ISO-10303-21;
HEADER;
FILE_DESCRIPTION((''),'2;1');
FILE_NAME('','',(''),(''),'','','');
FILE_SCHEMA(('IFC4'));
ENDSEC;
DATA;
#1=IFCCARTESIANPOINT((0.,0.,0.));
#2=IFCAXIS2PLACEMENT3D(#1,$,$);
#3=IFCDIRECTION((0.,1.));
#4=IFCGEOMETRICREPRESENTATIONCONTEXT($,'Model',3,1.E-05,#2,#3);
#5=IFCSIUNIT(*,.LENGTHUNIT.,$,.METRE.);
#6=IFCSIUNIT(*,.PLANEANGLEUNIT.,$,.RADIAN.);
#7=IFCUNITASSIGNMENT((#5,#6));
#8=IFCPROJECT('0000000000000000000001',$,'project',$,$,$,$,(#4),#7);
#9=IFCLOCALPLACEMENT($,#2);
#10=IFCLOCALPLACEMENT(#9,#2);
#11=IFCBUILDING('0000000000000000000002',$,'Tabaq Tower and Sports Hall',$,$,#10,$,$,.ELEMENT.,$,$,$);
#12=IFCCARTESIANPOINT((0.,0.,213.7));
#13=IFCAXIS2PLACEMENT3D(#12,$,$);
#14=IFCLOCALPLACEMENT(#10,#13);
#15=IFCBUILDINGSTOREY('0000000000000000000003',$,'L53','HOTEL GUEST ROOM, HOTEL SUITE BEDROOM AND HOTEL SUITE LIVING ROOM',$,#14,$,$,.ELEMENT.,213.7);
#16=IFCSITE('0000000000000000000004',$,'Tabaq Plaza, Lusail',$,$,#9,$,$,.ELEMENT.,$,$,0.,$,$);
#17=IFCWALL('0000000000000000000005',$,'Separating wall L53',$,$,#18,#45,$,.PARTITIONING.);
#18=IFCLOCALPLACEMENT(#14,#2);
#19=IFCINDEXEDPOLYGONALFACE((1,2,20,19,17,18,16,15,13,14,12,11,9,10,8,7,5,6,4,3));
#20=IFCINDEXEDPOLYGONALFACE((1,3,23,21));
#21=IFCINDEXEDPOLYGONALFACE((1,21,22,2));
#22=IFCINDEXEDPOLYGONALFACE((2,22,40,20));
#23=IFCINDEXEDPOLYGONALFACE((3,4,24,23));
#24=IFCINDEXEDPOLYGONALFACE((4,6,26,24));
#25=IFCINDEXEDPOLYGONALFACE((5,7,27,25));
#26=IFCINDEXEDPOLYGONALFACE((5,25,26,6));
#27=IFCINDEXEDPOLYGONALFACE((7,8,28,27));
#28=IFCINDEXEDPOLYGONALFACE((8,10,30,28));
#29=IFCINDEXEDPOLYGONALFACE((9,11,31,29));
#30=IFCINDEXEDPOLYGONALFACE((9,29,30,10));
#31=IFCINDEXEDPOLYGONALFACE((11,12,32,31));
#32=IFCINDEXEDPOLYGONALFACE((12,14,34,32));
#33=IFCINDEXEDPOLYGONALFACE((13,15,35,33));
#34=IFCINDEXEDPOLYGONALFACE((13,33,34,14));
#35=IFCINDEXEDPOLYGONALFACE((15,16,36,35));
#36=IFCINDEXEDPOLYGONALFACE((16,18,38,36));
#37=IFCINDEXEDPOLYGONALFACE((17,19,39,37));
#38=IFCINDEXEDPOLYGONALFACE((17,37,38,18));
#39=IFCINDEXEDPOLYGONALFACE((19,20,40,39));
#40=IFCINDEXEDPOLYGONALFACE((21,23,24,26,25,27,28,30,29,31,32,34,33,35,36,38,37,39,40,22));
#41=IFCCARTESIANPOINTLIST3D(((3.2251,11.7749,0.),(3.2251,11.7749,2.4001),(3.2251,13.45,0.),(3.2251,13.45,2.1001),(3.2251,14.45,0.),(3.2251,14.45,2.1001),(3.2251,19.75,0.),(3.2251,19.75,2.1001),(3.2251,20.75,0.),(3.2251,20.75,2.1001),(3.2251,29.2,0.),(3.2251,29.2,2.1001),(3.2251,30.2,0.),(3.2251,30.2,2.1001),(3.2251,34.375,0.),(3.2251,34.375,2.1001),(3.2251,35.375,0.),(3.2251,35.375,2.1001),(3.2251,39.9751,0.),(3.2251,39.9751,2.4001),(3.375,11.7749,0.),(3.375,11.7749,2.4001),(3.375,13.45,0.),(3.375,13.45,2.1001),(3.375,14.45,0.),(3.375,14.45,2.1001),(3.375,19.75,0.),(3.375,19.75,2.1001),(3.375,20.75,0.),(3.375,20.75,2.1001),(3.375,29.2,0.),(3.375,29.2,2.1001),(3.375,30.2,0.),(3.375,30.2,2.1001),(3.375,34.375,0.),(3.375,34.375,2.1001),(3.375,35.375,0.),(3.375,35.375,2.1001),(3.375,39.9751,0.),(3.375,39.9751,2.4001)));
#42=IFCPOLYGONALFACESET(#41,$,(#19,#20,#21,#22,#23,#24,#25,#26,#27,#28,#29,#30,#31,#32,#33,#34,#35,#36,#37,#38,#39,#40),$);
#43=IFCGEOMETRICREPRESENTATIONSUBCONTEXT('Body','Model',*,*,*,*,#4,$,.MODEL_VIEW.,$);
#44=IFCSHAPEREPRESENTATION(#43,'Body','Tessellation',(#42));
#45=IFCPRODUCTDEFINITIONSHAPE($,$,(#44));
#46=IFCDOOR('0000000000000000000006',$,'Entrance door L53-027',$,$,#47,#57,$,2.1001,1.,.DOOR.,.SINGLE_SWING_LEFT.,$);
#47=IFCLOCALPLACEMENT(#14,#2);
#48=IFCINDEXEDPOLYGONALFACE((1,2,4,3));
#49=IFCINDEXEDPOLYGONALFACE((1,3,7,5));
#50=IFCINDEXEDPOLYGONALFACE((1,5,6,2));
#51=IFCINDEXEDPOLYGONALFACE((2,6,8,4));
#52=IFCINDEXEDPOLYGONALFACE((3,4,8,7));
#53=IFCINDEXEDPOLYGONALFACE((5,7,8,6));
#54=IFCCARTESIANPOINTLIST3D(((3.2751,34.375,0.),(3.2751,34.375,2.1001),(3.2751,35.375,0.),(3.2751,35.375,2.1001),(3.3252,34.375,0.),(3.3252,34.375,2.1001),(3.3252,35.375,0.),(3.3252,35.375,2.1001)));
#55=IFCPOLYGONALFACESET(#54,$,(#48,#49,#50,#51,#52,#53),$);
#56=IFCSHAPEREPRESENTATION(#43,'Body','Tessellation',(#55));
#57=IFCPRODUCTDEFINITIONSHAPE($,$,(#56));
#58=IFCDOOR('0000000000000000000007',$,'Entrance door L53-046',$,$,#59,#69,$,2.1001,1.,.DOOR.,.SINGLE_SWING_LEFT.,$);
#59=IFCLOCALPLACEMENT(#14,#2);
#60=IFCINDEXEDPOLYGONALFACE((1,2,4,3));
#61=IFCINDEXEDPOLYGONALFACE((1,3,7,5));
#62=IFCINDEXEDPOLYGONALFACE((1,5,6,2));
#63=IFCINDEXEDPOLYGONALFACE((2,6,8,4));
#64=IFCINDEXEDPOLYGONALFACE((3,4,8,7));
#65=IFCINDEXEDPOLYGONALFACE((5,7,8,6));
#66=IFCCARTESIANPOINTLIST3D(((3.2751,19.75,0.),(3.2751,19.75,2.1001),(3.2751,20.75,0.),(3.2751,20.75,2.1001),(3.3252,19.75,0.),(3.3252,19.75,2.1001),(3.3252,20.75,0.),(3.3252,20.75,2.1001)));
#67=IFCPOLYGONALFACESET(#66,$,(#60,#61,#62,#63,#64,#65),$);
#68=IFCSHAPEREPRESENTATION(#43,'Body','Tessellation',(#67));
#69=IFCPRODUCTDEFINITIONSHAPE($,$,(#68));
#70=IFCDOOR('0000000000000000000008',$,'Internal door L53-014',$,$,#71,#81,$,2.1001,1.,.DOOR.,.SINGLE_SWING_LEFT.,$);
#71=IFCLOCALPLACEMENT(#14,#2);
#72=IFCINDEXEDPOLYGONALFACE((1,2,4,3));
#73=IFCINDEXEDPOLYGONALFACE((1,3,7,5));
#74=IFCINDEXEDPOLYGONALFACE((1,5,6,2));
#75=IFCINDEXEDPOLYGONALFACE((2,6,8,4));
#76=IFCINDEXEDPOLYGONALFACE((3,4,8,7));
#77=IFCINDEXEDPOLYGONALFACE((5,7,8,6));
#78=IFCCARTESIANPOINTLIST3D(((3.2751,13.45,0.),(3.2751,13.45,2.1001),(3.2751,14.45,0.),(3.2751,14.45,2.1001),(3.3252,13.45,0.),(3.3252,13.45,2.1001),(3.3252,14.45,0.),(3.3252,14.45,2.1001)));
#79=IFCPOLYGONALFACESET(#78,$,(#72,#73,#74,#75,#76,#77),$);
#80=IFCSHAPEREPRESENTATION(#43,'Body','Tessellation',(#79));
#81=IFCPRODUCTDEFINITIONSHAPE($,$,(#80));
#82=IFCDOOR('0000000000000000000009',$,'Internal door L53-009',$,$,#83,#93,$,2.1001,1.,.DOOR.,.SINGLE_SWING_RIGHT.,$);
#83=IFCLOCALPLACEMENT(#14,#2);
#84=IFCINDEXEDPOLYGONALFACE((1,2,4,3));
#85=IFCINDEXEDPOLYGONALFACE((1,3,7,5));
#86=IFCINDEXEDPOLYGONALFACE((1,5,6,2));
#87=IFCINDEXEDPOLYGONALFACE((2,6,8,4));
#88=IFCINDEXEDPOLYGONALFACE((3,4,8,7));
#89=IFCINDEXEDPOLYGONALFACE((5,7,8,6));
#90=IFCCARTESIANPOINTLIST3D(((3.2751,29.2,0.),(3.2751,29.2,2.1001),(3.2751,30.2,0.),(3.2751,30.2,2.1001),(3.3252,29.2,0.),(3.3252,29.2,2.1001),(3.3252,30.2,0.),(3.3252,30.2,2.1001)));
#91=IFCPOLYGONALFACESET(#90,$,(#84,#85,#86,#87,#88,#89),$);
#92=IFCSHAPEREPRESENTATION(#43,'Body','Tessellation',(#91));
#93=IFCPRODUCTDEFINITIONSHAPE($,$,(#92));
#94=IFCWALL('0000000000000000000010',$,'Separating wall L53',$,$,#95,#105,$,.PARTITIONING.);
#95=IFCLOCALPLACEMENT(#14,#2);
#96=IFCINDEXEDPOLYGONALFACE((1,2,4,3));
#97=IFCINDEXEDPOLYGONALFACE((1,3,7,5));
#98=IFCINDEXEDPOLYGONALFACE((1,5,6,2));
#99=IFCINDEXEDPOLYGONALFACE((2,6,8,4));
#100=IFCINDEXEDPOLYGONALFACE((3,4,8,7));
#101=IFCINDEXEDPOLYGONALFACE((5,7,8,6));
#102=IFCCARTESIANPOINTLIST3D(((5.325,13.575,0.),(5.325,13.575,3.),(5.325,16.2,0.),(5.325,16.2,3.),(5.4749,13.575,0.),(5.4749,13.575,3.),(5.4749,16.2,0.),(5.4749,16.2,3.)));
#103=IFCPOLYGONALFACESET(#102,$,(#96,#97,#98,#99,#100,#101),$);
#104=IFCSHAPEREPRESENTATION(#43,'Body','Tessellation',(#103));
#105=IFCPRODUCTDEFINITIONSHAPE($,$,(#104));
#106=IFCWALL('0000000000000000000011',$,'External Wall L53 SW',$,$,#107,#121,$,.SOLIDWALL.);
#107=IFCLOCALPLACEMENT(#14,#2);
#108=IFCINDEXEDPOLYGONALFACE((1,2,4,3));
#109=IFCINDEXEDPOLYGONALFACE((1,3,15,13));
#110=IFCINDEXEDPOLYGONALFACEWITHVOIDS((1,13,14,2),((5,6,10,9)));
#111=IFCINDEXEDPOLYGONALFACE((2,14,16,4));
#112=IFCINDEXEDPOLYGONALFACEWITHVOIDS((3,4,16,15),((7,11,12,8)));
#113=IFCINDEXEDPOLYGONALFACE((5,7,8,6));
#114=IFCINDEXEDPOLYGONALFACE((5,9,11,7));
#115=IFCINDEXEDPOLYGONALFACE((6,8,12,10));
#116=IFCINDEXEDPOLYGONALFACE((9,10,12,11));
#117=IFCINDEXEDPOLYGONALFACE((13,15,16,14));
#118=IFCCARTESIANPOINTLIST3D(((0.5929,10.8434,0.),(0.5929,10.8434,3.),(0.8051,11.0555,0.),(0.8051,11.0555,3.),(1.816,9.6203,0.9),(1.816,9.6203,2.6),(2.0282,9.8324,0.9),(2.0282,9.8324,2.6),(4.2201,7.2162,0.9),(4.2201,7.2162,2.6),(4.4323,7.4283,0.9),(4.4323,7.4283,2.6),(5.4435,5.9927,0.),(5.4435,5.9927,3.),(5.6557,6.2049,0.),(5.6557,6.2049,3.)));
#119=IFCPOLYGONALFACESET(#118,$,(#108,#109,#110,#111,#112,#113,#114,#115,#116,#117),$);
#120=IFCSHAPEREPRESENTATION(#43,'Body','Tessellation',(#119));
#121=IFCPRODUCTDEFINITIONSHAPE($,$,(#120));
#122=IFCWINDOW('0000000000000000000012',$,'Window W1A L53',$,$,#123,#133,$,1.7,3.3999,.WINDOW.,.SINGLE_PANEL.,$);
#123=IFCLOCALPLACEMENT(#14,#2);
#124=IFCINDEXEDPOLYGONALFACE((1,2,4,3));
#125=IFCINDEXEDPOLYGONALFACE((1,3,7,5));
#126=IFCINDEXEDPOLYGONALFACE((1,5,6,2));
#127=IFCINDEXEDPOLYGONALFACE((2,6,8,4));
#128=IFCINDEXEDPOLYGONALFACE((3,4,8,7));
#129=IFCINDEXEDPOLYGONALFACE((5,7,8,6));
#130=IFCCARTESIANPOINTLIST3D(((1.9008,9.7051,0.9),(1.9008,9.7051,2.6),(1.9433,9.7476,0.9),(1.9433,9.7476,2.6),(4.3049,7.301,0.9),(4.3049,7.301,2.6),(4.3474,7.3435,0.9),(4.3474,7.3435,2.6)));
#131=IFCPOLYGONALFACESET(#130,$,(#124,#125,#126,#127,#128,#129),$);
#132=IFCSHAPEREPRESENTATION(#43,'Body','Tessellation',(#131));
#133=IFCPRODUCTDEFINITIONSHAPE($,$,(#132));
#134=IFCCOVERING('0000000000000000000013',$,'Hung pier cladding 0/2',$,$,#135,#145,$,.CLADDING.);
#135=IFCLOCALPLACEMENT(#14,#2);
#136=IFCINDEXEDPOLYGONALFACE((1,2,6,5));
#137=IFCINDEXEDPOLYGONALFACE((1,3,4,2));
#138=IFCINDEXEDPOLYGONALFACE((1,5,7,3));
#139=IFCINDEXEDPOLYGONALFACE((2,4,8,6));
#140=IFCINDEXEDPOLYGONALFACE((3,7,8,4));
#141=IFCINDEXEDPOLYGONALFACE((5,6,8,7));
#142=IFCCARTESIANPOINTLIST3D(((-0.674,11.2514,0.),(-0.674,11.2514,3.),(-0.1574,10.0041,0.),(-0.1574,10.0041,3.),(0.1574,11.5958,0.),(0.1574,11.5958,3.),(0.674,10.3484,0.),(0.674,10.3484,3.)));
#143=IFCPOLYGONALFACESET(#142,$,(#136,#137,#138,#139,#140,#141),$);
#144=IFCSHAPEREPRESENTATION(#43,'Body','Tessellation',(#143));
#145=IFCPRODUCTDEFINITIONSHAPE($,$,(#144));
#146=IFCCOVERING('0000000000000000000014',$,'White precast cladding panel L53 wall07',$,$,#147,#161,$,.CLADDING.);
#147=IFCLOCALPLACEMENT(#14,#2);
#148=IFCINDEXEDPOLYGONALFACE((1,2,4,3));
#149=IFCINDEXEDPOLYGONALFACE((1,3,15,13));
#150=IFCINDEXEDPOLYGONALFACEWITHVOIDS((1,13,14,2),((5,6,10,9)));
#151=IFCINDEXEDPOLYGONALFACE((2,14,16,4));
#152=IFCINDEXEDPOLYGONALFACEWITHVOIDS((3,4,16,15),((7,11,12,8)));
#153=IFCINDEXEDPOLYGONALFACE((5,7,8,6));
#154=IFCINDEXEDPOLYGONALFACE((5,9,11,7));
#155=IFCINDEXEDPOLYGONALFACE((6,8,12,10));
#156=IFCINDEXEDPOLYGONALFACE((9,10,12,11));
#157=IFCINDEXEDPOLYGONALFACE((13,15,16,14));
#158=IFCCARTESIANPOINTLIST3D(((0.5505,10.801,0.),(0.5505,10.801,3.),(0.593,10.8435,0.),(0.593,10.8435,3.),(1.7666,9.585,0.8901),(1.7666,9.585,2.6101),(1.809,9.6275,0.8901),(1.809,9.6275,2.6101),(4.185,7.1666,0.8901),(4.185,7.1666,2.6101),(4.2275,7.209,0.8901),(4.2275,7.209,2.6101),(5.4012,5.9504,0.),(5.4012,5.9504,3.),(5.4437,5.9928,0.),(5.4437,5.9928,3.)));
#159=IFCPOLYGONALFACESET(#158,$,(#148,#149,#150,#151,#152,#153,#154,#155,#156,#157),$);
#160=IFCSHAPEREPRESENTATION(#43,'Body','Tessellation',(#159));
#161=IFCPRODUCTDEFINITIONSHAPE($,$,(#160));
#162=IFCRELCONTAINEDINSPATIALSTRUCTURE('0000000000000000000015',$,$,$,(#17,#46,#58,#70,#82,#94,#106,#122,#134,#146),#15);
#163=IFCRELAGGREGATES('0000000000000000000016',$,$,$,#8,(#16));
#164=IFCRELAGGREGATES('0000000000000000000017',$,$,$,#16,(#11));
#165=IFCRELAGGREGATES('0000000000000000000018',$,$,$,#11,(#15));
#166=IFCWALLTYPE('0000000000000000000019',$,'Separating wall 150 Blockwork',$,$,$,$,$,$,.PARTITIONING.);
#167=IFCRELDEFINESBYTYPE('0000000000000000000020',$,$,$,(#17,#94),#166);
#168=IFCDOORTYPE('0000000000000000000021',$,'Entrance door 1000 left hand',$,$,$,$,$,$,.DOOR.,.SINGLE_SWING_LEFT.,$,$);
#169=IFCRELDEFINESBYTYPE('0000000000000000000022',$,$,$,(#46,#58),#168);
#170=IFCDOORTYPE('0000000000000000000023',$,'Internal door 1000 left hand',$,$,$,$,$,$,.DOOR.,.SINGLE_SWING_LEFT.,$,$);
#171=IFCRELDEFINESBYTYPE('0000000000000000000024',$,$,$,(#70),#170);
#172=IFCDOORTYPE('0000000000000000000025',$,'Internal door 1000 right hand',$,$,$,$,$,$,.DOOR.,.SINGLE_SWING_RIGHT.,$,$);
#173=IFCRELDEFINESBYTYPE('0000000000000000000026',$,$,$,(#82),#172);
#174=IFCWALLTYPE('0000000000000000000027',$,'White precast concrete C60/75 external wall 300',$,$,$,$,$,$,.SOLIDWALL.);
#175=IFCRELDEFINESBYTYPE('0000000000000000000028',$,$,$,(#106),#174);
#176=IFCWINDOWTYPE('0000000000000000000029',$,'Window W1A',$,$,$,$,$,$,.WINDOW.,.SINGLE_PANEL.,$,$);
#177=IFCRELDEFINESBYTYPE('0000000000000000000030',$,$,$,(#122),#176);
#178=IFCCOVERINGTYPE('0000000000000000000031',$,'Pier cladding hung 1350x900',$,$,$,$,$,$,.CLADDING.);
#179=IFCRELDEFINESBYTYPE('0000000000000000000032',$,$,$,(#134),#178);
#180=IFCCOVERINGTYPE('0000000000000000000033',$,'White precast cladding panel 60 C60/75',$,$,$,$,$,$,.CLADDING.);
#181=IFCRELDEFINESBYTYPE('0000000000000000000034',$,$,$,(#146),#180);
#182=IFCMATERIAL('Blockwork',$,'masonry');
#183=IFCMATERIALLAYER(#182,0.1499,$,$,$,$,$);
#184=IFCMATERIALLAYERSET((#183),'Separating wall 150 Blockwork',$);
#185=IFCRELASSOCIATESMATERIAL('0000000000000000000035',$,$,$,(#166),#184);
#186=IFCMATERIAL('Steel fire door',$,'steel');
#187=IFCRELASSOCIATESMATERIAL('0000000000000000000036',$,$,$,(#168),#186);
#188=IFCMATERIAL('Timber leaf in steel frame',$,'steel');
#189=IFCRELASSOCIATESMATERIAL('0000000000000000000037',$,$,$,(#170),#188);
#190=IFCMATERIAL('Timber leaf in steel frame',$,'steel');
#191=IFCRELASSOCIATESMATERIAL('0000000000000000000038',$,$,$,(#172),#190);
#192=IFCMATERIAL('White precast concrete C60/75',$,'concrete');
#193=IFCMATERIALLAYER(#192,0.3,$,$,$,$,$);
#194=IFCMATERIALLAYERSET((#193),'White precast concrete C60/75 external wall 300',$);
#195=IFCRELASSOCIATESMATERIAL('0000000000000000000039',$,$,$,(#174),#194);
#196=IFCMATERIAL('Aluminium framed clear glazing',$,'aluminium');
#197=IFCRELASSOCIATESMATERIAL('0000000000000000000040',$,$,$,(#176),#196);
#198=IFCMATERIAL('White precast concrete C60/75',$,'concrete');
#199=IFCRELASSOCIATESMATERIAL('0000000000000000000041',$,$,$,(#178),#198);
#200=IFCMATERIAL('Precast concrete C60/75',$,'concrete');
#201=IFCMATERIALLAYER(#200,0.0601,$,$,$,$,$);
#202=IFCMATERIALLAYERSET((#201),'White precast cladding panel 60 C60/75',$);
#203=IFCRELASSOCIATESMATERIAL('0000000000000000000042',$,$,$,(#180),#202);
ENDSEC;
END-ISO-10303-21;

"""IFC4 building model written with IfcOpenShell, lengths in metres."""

from ifc_helpers import new_model, si_unit, direction, frame, frame_2d, origin, place, context, subcontext, project, spatial, polyline, rectangle, outline, extrude, material, layer, layer_set, type_object, element, fill, save


model = new_model("IFC4")

# Units and contexts
model_context = context("Model", 3, precision=1e-05, world=origin(), true_north=direction((0.0, 1.0)))
body_context = subcontext(model_context, "Body", "Model", "MODEL_VIEW")
ifc_project = project(units=[si_unit("LENGTHUNIT", "METRE"), si_unit("PLANEANGLEUNIT", "RADIAN")], contexts=[model_context])

# Site, building, storey
site_placement = place(None, origin())
site = spatial("IfcSite", under=ifc_project, at=site_placement, Name="Tabaq Plaza, Lusail", CompositionType="ELEMENT", RefElevation=0.0)
building_placement = place(site_placement, origin())
building = spatial("IfcBuilding", under=site, at=building_placement, Name="Tabaq Tower and Sports Hall", CompositionType="ELEMENT")
storey_placement = place(building_placement, frame((0.0, 0.0, 213.7)))
storey = spatial("IfcBuildingStorey", under=building, at=storey_placement, Name="L53", Description="HOTEL GUEST ROOM, HOTEL SUITE BEDROOM AND HOTEL SUITE LIVING ROOM", CompositionType="ELEMENT", Elevation=213.7)

# Wall, openings, doors
ifc_material_1 = material(Name="Blockwork", Category="masonry")
ifc_layer_1 = layer(ifc_material_1, 0.1499)
ifc_layer_set_1 = layer_set([ifc_layer_1], Name="Separating wall 150 Blockwork")
wall_type_1 = type_object("IfcWallType", Name="Separating wall 150 Blockwork", PredefinedType="PARTITIONING", material=ifc_layer_set_1)
ifc_material_2 = material(Name="Steel fire door", Category="steel")
door_type_1 = type_object("IfcDoorType", Name="Entrance door 1000 left hand", OperationType="SINGLE_SWING_LEFT", PredefinedType="DOOR", material=ifc_material_2)
wall_1_placement = place(storey_placement, frame((3.3, 11.7749, 0.0), z_axis=(0.0, 0.0, 1.0), x_axis=(0.0, 1.0, 0.0)))
wall_1 = element("IfcWall", 1, at=wall_1_placement, inside=storey, type_object=wall_type_1, Name="Separating wall L53", PredefinedType="PARTITIONING", context=body_context, shape_type="SweptSolid", body=[
    extrude(rectangle(XDim=28.2002, YDim=0.1499, at=frame_2d((14.1001, 0.0))), origin(), (0.0, 0.0, 1.0), 2.4001),
])
opening_1_placement = place(wall_1_placement, frame((17.425, 0.0, 0.0)))
opening_1 = element("IfcOpeningElement", 2, at=opening_1_placement, cuts=wall_1, PredefinedType="OPENING", context=body_context, shape_type="SweptSolid", body=[
    extrude(rectangle(XDim=1.0, YDim=2.1001, at=frame_2d((0.5, 1.05))), frame((0.0, 0.075, 0.0), z_axis=(0.0, -1.0, 0.0), x_axis=(1.0, 0.0, 0.0)), (0.0, 0.0, 1.0), 0.1499),
])
opening_2_placement = place(wall_1_placement, frame((1.675, 0.0, 0.0)))
opening_2 = element("IfcOpeningElement", 3, at=opening_2_placement, cuts=wall_1, PredefinedType="OPENING", context=body_context, shape_type="SweptSolid", body=[
    extrude(rectangle(XDim=1.0, YDim=2.1001, at=frame_2d((0.5, 1.05))), frame((0.0, 0.075, 0.0), z_axis=(0.0, -1.0, 0.0), x_axis=(1.0, 0.0, 0.0)), (0.0, 0.0, 1.0), 0.1499),
])
opening_3_placement = place(wall_1_placement, frame((22.6001, 0.0, 0.0)))
opening_3 = element("IfcOpeningElement", 4, at=opening_3_placement, cuts=wall_1, PredefinedType="OPENING", context=body_context, shape_type="SweptSolid", body=[
    extrude(rectangle(XDim=1.0, YDim=2.1001, at=frame_2d((0.5, 1.05))), frame((0.0, 0.075, 0.0), z_axis=(0.0, -1.0, 0.0), x_axis=(1.0, 0.0, 0.0)), (0.0, 0.0, 1.0), 0.1499),
])
opening_4_placement = place(wall_1_placement, frame((7.9751, 0.0, 0.0)))
opening_4 = element("IfcOpeningElement", 5, at=opening_4_placement, cuts=wall_1, PredefinedType="OPENING", context=body_context, shape_type="SweptSolid", body=[
    extrude(rectangle(XDim=1.0, YDim=2.1001, at=frame_2d((0.5, 1.05))), frame((0.0, 0.075, 0.0), z_axis=(0.0, -1.0, 0.0), x_axis=(1.0, 0.0, 0.0)), (0.0, 0.0, 1.0), 0.1499),
])
door_1_placement = place(opening_3_placement, origin())
door_1 = element("IfcDoor", 6, at=door_1_placement, inside=storey, type_object=door_type_1, Name="Entrance door L53-027", OperationType="SINGLE_SWING_LEFT", OverallHeight=2.1001, OverallWidth=1.0, PredefinedType="DOOR", context=body_context, shape_type="SweptSolid", body=[
    extrude(rectangle(XDim=1.0, YDim=2.1001, at=frame_2d((0.5, 1.05))), frame((0.0, 0.0249, 0.0), z_axis=(0.0, -1.0, 0.0), x_axis=(1.0, 0.0, 0.0)), (0.0, 0.0, 1.0), 0.05),
])
fill(opening_3, door_1)
door_2_placement = place(opening_4_placement, origin())
door_2 = element("IfcDoor", 7, at=door_2_placement, inside=storey, type_object=door_type_1, Name="Entrance door L53-046", OperationType="SINGLE_SWING_LEFT", OverallHeight=2.1001, OverallWidth=1.0, PredefinedType="DOOR", context=body_context, shape_type="SweptSolid", body=[
    extrude(rectangle(XDim=1.0, YDim=2.1001, at=frame_2d((0.5, 1.05))), frame((0.0, 0.0249, 0.0), z_axis=(0.0, -1.0, 0.0), x_axis=(1.0, 0.0, 0.0)), (0.0, 0.0, 1.0), 0.05),
])
fill(opening_4, door_2)
ifc_material_3 = material(Name="Timber leaf in steel frame", Category="steel")
door_type_2 = type_object("IfcDoorType", Name="Internal door 1000 left hand", OperationType="SINGLE_SWING_LEFT", PredefinedType="DOOR", material=ifc_material_3)
door_3_placement = place(opening_2_placement, origin())
door_3 = element("IfcDoor", 8, at=door_3_placement, inside=storey, type_object=door_type_2, Name="Internal door L53-014", OperationType="SINGLE_SWING_LEFT", OverallHeight=2.1001, OverallWidth=1.0, PredefinedType="DOOR", context=body_context, shape_type="SweptSolid", body=[
    extrude(rectangle(XDim=1.0, YDim=2.1001, at=frame_2d((0.5, 1.05))), frame((0.0, 0.0249, 0.0), z_axis=(0.0, -1.0, 0.0), x_axis=(1.0, 0.0, 0.0)), (0.0, 0.0, 1.0), 0.05),
])
fill(opening_2, door_3)
ifc_material_4 = material(Name="Timber leaf in steel frame", Category="steel")
door_type_3 = type_object("IfcDoorType", Name="Internal door 1000 right hand", OperationType="SINGLE_SWING_RIGHT", PredefinedType="DOOR", material=ifc_material_4)
door_4_placement = place(opening_1_placement, origin())
door_4 = element("IfcDoor", 9, at=door_4_placement, inside=storey, type_object=door_type_3, Name="Internal door L53-009", OperationType="SINGLE_SWING_RIGHT", OverallHeight=2.1001, OverallWidth=1.0, PredefinedType="DOOR", context=body_context, shape_type="SweptSolid", body=[
    extrude(rectangle(XDim=1.0, YDim=2.1001, at=frame_2d((0.5, 1.05))), frame((0.0, 0.0249, 0.0), z_axis=(0.0, -1.0, 0.0), x_axis=(1.0, 0.0, 0.0)), (0.0, 0.0, 1.0), 0.05),
])
fill(opening_1, door_4)

# Wall
wall_2_placement = place(storey_placement, frame((5.3999, 13.575, 0.0), z_axis=(0.0, 0.0, 1.0), x_axis=(0.0, 1.0, 0.0)))
element("IfcWall", 10, at=wall_2_placement, inside=storey, type_object=wall_type_1, Name="Separating wall L53", PredefinedType="PARTITIONING", context=body_context, shape_type="SweptSolid", body=[
    extrude(rectangle(XDim=2.625, YDim=0.1499, at=frame_2d((1.3125, 0.0))), origin(), (0.0, 0.0, 1.0), 3.0),
])

# Wall, opening, window
ifc_material_5 = material(Name="White precast concrete C60/75", Category="concrete")
ifc_layer_2 = layer(ifc_material_5, 0.3)
ifc_layer_set_2 = layer_set([ifc_layer_2], Name="White precast concrete C60/75 external wall 300")
wall_type_2 = type_object("IfcWallType", Name="White precast concrete C60/75 external wall 300", PredefinedType="SOLIDWALL", material=ifc_layer_set_2)
wall_3_placement = place(storey_placement, frame((0.699, 10.9495, 0.0), z_axis=(0.0, 0.0, 1.0), x_axis=(0.707107, -0.707107, 0.0)))
wall_3 = element("IfcWall", 11, at=wall_3_placement, inside=storey, type_object=wall_type_2, Name="External Wall L53 SW", PredefinedType="SOLIDWALL", context=body_context, shape_type="SweptSolid", body=[
    extrude(rectangle(XDim=6.8599, YDim=0.3, at=frame_2d((3.4299, 0.0))), origin(), (0.0, 0.0, 1.0), 3.0),
])
opening_5_placement = place(wall_3_placement, frame((1.7297, 0.0, 0.8999)))
opening_5 = element("IfcOpeningElement", 12, at=opening_5_placement, cuts=wall_3, PredefinedType="OPENING", context=body_context, shape_type="SweptSolid", body=[
    extrude(rectangle(XDim=3.3999, YDim=1.7, at=frame_2d((1.7, 0.8501))), frame((0.0, 0.1602, 0.0), z_axis=(0.0, -1.0, 0.0), x_axis=(1.0, 0.0, 0.0)), (0.0, 0.0, 1.0), 0.3201),
])
ifc_material_6 = material(Name="Aluminium framed clear glazing", Category="aluminium")
window_type = type_object("IfcWindowType", Name="Window W1A", PartitioningType="SINGLE_PANEL", PredefinedType="WINDOW", material=ifc_material_6)
window_placement = place(opening_5_placement, origin())
window = element("IfcWindow", 13, at=window_placement, inside=storey, type_object=window_type, Name="Window W1A L53", OverallHeight=1.7, OverallWidth=3.3999, PartitioningType="SINGLE_PANEL", PredefinedType="WINDOW", context=body_context, shape_type="SweptSolid", body=[
    extrude(rectangle(XDim=3.3999, YDim=1.7, at=frame_2d((1.7, 0.8501))), frame((0.0, 0.03, 0.0), z_axis=(0.0, -1.0, 0.0), x_axis=(1.0, 0.0, 0.0)), (0.0, 0.0, 1.0), 0.0601),
])
fill(opening_5, window)

# Coverings
ifc_material_7 = material(Name="White precast concrete C60/75", Category="concrete")
covering_type_1 = type_object("IfcCoveringType", Name="Pier cladding hung 1350x900", PredefinedType="CLADDING", material=ifc_material_7)
covering_1_placement = place(storey_placement, frame((-0.2583, 11.4236, 0.0), z_axis=(0.0, 0.0, 1.0), x_axis=(0.38265, -0.923893, 0.0)))
element("IfcCovering", 14, at=covering_1_placement, inside=storey, type_object=covering_type_1, Name="Hung pier cladding 0/2", PredefinedType="CLADDING", context=body_context, shape_type="SweptSolid", body=[
    extrude(rectangle(XDim=1.3501, YDim=0.8999, at=frame_2d((0.675, 0.0))), origin(), (0.0, 0.0, 1.0), 3.0),
])
ifc_material_8 = material(Name="Precast concrete C60/75", Category="concrete")
ifc_layer_3 = layer(ifc_material_8, 0.0601)
ifc_layer_set_3 = layer_set([ifc_layer_3], Name="White precast cladding panel 60 C60/75")
covering_type_2 = type_object("IfcCoveringType", Name="White precast cladding panel 60 C60/75", PredefinedType="CLADDING", material=ifc_layer_set_3)
covering_2_placement = place(storey_placement, frame((0.5718, 10.8223, 0.0), z_axis=(0.0, 0.0, 1.0), x_axis=(0.707107, -0.707107, 0.0)))
element("IfcCovering", 15, at=covering_2_placement, inside=storey, type_object=covering_type_2, Name="White precast cladding panel L53 wall07", PredefinedType="CLADDING", context=body_context, shape_type="SweptSolid", body=[
    extrude(outline(polyline([(0.0, 0.0), (6.8599, 0.0), (6.8599, 3.0), (0.0, 3.0), (0.0, 0.0)]), holes=[polyline([(1.7197, 0.8901), (1.7197, 2.6101), (5.1399, 2.6101), (5.1399, 0.8901), (1.7197, 0.8901)])]), frame((0.0, 0.03, 0.0), z_axis=(0.0, -1.0, 0.0), x_axis=(1.0, 0.0, 0.0)), (0.0, 0.0, 1.0), 0.0601),
])

save(model, "model.ifc")
